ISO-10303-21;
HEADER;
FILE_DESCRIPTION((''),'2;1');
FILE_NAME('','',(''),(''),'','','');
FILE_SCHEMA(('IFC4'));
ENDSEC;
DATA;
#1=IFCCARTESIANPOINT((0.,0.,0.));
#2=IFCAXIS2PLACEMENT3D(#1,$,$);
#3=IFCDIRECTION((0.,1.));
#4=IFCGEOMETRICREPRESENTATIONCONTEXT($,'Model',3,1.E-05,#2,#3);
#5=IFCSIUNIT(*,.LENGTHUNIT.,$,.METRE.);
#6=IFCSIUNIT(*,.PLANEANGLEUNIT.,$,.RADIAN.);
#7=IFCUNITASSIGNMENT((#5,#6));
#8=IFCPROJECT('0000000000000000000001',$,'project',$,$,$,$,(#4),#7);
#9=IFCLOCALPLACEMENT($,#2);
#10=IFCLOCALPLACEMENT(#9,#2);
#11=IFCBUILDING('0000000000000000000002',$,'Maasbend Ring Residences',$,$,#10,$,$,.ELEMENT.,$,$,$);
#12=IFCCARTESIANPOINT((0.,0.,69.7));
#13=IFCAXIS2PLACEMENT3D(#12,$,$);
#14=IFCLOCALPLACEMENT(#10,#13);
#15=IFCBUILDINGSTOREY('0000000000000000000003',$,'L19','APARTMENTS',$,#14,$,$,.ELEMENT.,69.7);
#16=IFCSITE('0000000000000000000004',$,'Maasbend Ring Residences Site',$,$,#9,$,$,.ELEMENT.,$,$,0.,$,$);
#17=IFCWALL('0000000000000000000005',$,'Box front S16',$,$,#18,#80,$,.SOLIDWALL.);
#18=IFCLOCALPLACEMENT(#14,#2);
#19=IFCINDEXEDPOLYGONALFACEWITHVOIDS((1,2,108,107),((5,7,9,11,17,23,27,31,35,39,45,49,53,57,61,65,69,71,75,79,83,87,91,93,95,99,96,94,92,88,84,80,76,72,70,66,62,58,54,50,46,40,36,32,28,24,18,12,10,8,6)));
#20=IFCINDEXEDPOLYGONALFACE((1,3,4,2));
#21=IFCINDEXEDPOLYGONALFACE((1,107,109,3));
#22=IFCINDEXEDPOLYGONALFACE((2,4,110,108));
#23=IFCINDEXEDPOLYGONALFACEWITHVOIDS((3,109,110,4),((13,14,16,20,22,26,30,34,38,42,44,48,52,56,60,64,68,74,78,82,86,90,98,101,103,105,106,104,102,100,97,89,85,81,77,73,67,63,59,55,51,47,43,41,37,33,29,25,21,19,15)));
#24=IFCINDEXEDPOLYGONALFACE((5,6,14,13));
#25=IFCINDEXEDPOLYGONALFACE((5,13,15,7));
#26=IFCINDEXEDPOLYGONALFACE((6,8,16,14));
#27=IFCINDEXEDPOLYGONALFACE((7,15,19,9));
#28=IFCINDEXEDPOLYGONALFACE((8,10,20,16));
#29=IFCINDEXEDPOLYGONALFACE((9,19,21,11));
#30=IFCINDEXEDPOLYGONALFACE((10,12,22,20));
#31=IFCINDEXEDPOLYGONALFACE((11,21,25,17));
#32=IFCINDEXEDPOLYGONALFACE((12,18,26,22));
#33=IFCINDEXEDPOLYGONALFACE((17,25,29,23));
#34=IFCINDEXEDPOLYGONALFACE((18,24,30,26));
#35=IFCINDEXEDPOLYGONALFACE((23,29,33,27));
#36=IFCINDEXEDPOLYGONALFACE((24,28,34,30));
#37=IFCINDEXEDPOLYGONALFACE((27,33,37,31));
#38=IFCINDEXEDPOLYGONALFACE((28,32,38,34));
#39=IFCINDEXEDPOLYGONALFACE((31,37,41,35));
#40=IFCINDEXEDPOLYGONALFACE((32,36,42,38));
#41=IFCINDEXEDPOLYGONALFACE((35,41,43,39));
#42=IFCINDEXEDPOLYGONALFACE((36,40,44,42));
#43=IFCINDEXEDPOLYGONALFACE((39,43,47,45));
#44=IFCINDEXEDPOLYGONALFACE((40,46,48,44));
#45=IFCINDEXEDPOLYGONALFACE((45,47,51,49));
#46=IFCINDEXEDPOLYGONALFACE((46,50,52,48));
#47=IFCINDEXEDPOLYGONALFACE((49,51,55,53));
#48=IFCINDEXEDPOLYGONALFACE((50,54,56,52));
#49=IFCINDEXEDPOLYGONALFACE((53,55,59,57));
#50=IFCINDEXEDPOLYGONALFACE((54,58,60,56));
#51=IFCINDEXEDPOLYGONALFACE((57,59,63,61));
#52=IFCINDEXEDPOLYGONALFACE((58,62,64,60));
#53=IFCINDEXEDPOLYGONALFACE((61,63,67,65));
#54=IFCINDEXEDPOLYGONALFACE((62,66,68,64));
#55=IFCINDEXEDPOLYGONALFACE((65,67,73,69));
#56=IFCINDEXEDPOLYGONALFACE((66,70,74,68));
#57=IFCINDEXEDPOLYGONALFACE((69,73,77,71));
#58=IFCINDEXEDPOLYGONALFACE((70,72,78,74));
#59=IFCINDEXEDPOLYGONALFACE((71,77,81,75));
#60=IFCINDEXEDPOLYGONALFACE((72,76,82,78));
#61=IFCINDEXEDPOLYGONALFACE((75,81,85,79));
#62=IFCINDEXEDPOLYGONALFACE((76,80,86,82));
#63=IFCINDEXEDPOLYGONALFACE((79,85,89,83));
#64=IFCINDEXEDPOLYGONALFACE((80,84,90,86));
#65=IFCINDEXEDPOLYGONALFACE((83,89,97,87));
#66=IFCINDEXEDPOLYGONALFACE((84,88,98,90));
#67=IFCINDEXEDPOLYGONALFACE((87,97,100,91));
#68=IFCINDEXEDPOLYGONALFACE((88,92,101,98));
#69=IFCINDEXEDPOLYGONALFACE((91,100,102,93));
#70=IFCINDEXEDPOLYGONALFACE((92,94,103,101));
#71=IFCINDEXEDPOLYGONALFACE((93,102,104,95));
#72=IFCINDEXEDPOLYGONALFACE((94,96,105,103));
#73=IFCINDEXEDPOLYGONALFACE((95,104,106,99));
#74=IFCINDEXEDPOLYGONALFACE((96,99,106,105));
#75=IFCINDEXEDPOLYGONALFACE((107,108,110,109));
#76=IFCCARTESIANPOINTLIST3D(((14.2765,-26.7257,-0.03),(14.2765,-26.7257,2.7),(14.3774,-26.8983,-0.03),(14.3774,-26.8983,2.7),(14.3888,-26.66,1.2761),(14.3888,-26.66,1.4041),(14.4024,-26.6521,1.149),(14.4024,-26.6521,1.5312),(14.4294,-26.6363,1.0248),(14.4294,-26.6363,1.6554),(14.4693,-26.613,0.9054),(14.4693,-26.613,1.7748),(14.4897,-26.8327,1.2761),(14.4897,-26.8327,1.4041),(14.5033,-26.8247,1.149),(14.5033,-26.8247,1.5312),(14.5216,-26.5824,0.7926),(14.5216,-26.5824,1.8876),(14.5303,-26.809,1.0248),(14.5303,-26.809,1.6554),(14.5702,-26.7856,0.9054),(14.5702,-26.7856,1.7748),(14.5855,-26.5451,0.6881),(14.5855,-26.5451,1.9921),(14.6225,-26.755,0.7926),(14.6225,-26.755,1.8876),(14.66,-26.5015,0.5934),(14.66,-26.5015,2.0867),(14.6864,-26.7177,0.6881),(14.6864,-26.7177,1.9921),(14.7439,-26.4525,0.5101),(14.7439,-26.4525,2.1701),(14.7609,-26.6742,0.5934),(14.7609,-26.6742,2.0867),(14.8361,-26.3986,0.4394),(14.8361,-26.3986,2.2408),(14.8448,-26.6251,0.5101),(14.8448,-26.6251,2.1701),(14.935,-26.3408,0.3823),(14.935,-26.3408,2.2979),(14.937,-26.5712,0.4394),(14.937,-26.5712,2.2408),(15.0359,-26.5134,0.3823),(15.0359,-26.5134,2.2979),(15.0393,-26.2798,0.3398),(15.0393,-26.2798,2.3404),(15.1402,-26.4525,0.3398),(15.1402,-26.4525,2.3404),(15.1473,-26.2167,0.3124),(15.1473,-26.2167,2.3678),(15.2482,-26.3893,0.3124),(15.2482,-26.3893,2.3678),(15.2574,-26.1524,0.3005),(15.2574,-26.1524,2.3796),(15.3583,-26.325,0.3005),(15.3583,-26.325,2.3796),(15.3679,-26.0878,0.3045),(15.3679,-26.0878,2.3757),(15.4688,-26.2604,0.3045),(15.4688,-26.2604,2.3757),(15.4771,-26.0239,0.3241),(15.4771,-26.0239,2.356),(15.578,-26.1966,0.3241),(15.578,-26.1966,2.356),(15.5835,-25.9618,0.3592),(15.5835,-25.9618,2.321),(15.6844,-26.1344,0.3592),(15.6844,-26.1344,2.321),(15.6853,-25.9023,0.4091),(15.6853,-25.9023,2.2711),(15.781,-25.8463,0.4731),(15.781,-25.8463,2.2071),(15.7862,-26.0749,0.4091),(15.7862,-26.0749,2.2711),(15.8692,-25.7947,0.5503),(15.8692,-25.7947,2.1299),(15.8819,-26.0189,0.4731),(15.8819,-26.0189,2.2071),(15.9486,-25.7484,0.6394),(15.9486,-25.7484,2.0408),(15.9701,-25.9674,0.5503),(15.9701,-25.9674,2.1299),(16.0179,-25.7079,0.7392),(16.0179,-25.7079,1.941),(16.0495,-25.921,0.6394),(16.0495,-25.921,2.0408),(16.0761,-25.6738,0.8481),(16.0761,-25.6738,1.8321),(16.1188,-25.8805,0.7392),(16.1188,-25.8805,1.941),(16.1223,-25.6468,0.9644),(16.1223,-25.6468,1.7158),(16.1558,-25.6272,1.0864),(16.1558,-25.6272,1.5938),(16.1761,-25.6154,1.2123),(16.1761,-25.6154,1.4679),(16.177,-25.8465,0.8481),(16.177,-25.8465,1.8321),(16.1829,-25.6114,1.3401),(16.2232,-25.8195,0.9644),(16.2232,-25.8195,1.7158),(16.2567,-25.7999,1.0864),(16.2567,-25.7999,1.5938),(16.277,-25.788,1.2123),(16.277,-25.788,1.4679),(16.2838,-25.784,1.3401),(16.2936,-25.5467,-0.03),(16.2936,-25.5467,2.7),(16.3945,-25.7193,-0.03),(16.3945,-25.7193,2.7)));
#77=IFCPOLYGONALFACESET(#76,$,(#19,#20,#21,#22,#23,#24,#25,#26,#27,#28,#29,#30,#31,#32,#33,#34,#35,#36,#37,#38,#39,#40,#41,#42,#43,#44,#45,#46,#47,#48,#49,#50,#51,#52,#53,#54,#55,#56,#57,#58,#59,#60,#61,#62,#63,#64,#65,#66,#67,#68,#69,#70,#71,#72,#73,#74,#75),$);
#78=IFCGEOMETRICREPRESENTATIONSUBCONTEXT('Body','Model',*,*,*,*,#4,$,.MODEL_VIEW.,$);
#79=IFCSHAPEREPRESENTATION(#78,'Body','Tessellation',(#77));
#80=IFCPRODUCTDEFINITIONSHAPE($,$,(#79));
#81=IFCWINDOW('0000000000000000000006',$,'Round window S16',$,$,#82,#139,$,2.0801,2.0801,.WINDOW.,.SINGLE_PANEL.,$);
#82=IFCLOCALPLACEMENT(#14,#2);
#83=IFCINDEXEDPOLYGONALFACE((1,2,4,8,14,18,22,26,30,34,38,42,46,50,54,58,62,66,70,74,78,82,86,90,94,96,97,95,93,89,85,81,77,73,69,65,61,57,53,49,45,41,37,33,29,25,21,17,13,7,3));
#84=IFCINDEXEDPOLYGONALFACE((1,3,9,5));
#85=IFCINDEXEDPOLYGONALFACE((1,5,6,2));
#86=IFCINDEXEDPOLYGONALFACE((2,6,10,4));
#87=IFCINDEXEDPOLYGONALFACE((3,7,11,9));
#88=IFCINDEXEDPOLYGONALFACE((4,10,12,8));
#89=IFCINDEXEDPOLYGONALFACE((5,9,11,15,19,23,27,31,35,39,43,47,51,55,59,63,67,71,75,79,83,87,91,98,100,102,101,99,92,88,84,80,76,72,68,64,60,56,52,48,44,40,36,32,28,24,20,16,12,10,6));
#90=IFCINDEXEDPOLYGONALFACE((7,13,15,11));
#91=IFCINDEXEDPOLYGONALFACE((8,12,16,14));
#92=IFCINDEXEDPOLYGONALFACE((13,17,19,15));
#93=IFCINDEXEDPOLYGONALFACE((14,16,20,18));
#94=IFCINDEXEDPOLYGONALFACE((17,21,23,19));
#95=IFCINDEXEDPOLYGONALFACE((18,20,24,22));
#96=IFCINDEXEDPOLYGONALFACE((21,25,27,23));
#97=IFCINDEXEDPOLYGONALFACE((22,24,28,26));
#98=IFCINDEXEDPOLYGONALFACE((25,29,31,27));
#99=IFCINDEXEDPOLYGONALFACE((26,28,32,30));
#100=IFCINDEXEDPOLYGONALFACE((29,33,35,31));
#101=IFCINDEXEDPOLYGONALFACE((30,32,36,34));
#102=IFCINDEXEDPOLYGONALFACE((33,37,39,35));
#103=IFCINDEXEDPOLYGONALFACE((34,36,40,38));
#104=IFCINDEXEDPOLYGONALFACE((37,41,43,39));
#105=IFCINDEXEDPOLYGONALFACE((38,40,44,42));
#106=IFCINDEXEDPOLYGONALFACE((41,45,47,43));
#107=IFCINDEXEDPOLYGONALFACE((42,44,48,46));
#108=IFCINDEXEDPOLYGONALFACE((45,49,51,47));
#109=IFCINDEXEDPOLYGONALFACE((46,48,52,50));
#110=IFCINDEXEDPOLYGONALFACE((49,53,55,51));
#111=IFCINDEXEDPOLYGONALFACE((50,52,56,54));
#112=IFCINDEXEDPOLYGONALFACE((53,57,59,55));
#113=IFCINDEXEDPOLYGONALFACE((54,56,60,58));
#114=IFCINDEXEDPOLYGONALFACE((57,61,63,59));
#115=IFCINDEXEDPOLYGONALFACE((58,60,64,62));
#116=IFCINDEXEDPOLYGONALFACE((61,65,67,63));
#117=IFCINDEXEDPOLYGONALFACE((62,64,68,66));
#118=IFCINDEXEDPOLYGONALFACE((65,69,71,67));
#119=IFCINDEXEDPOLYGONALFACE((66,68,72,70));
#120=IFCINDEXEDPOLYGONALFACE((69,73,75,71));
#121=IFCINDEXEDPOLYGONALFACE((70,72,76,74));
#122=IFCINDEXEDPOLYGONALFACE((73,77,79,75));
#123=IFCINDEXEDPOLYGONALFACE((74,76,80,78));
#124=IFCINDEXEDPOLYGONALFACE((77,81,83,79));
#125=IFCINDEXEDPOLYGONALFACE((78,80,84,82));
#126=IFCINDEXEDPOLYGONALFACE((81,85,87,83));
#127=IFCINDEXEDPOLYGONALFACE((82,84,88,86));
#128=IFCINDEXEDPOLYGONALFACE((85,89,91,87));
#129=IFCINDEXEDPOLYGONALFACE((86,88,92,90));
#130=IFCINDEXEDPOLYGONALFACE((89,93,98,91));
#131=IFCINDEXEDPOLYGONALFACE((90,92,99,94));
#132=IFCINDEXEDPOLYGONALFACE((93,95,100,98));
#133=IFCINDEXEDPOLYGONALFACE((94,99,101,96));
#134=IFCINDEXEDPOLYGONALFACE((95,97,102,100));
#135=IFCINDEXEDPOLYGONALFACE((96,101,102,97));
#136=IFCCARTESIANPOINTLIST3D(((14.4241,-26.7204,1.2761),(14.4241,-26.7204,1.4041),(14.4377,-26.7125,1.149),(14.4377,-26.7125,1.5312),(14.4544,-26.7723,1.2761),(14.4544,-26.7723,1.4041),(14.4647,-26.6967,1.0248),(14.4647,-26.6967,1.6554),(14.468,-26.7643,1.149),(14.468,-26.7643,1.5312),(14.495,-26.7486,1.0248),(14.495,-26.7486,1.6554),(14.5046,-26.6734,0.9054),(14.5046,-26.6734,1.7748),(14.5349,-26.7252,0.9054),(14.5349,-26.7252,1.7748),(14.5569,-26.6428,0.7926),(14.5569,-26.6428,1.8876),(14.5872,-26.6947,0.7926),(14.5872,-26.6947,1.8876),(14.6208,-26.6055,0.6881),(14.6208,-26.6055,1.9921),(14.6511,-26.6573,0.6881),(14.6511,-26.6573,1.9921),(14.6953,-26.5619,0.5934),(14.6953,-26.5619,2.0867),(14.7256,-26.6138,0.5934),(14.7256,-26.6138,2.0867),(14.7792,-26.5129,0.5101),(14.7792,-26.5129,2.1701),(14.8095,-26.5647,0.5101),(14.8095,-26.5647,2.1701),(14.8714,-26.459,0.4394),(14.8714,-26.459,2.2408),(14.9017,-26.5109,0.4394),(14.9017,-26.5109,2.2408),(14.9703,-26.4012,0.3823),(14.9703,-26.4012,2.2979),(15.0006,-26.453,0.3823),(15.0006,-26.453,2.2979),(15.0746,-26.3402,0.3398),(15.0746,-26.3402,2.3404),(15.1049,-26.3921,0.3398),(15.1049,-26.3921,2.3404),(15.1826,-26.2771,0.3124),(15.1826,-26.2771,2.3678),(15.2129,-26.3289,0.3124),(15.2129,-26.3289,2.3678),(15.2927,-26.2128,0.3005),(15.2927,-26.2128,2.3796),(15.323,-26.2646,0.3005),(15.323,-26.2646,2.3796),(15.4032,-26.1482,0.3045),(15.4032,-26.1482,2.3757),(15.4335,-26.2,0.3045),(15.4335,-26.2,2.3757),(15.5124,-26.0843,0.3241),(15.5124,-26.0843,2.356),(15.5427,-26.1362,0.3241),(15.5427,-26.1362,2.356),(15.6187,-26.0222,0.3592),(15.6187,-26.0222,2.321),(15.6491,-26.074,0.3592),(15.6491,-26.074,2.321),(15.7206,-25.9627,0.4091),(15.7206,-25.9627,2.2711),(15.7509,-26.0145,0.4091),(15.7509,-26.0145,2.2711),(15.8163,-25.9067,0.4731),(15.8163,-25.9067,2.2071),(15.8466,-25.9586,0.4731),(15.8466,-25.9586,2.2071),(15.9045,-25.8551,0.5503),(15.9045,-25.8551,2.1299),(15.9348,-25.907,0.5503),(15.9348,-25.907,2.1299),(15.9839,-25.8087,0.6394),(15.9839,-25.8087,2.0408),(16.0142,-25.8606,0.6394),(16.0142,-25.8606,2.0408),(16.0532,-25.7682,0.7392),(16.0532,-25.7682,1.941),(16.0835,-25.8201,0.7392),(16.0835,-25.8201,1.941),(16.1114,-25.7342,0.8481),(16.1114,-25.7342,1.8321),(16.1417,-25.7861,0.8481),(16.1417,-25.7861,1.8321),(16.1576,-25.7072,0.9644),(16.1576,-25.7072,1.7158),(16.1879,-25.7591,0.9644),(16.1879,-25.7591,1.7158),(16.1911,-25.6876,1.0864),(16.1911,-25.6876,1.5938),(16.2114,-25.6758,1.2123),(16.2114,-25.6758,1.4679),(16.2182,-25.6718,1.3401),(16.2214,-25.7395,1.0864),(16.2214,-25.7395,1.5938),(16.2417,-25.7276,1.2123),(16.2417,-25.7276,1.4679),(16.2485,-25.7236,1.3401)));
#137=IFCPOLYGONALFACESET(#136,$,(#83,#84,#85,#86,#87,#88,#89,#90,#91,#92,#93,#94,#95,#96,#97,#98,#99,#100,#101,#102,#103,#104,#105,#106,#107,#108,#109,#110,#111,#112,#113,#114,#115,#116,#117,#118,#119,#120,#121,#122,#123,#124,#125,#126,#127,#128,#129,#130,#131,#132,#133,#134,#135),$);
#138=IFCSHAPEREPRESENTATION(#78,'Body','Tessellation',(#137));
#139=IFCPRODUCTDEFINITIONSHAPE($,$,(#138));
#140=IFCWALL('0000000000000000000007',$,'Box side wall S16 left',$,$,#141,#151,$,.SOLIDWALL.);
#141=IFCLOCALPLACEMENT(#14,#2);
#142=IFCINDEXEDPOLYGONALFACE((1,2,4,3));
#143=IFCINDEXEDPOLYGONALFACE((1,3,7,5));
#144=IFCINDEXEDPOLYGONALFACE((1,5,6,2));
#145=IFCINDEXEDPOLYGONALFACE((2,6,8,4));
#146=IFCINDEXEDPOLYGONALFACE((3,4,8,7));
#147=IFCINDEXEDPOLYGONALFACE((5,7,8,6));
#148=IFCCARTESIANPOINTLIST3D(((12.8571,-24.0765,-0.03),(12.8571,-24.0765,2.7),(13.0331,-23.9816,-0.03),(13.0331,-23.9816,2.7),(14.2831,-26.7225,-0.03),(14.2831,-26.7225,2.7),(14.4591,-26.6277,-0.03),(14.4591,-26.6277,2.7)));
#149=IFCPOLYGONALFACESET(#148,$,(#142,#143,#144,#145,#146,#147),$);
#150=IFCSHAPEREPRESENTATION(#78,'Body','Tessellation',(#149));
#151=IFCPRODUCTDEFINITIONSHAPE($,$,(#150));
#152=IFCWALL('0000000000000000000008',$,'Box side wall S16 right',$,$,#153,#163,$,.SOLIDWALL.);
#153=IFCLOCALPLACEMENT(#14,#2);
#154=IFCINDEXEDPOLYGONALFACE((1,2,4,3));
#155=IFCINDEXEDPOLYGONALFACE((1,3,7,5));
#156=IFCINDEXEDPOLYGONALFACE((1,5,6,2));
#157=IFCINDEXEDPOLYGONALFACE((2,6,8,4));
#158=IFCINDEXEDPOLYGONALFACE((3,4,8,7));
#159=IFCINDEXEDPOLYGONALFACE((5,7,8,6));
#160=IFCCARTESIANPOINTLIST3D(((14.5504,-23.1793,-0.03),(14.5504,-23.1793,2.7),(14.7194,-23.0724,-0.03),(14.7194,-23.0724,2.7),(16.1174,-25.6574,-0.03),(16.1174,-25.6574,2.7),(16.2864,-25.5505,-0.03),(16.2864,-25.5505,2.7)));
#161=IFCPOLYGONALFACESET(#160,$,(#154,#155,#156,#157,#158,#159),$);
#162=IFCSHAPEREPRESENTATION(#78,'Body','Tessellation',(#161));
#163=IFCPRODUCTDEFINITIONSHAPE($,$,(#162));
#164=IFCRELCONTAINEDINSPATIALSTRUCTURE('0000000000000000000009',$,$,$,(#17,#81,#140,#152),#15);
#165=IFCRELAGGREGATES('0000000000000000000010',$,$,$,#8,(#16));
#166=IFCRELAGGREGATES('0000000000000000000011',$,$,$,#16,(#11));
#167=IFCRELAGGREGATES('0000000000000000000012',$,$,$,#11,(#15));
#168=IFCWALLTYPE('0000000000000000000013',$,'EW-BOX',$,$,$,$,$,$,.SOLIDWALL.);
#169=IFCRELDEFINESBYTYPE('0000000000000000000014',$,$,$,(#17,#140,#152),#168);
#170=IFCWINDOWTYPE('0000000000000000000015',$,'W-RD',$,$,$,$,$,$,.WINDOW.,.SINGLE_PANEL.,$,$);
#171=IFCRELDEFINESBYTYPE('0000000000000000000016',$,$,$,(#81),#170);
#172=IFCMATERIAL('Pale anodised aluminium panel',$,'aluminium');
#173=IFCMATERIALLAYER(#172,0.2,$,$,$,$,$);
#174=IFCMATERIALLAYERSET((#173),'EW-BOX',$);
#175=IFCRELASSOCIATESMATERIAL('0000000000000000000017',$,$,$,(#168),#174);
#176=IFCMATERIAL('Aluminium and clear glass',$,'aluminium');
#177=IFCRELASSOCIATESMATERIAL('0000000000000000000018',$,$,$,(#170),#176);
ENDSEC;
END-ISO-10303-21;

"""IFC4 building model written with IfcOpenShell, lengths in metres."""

from ifc_helpers import new_model, si_unit, direction, frame, frame_2d, origin, place, context, subcontext, project, spatial, rectangle, circle, extrude, material, layer, layer_set, type_object, element, fill, save


model = new_model("IFC4")

# Units and contexts
model_context = context("Model", 3, precision=1e-05, world=origin(), true_north=direction((0.0, 1.0)))
body_context = subcontext(model_context, "Body", "Model", "MODEL_VIEW")
ifc_project = project(units=[si_unit("LENGTHUNIT", "METRE"), si_unit("PLANEANGLEUNIT", "RADIAN")], contexts=[model_context])

# Site, building, storey
site_placement = place(None, origin())
site = spatial("IfcSite", under=ifc_project, at=site_placement, Name="Maasbend Ring Residences Site", CompositionType="ELEMENT", RefElevation=0.0)
building_placement = place(site_placement, origin())
building = spatial("IfcBuilding", under=site, at=building_placement, Name="Maasbend Ring Residences", CompositionType="ELEMENT")
storey_placement = place(building_placement, frame((0.0, 0.0, 69.7)))
storey = spatial("IfcBuildingStorey", under=building, at=storey_placement, Name="L19", Description="APARTMENTS", CompositionType="ELEMENT", Elevation=69.7)

# Wall, opening, window
ifc_material_1 = material(Name="Pale anodised aluminium panel", Category="aluminium")
ifc_layer_1 = layer(ifc_material_1, 0.2)
ifc_layer_set_1 = layer_set([ifc_layer_1], Name="EW-BOX")
wall_type_1 = type_object("IfcWallType", Name="EW-BOX", PredefinedType="SOLIDWALL", material=ifc_layer_set_1)
wall_1_placement = place(storey_placement, frame((14.3269, -26.812, -0.03), z_axis=(0.0, 0.0, 1.0), x_axis=(0.863347, 0.504612, 0.0)))
wall_1 = element("IfcWall", 1, at=wall_1_placement, inside=storey, type_object=wall_type_1, Name="Box front S16", PredefinedType="SOLIDWALL", context=body_context, shape_type="SweptSolid", body=[
    extrude(rectangle(XDim=2.3364, YDim=0.2, at=frame_2d((1.1682, 0.0))), origin(), (0.0, 0.0, 1.0), 2.73),
])
opening_1_placement = place(wall_1_placement, frame((0.1282, 0.0, 0.3301)))
opening_1 = element("IfcOpeningElement", 2, at=opening_1_placement, cuts=wall_1, PredefinedType="OPENING", context=body_context, shape_type="SweptSolid", body=[
    extrude(circle(Radius=1.04, at=frame_2d((1.04, 1.04))), frame((0.0, 0.1099, 0.0), z_axis=(0.0, -1.0, 0.0), x_axis=(1.0, 0.0, 0.0)), (0.0, 0.0, 1.0), 0.22),
])
ifc_material_2 = material(Name="Aluminium and clear glass", Category="aluminium")
window_type_1 = type_object("IfcWindowType", Name="W-RD", PartitioningType="SINGLE_PANEL", PredefinedType="WINDOW", material=ifc_material_2)
window_1_placement = place(opening_1_placement, origin())
window_1 = element("IfcWindow", 3, at=window_1_placement, inside=storey, type_object=window_type_1, Name="Round window S16", OverallHeight=2.0801, OverallWidth=2.0801, PartitioningType="SINGLE_PANEL", PredefinedType="WINDOW", context=body_context, shape_type="SweptSolid", body=[
    extrude(circle(Radius=1.04, at=frame_2d((1.04, 1.04))), frame((0.0, 0.03, 0.0), z_axis=(0.0, -1.0, 0.0), x_axis=(1.0, 0.0, 0.0)), (0.0, 0.0, 1.0), 0.0601),
])
fill(opening_1, window_1)

# Walls
wall_2_placement = place(storey_placement, frame((12.9451, -24.0291, -0.03), z_axis=(0.0, 0.0, 1.0), x_axis=(0.474424, -0.880296, 0.0)))
element("IfcWall", 4, at=wall_2_placement, inside=storey, type_object=wall_type_1, Name="Box side wall S16 left", PredefinedType="SOLIDWALL", context=body_context, shape_type="SweptSolid", body=[
    extrude(rectangle(XDim=3.0059, YDim=0.2, at=frame_2d((1.5029, 0.0))), origin(), (0.0, 0.0, 1.0), 2.73),
])
wall_3_placement = place(storey_placement, frame((14.635, -23.126, -0.03), z_axis=(0.0, 0.0, 1.0), x_axis=(0.534438, -0.845208, 0.0)))
element("IfcWall", 5, at=wall_3_placement, inside=storey, type_object=wall_type_1, Name="Box side wall S16 right", PredefinedType="SOLIDWALL", context=body_context, shape_type="SweptSolid", body=[
    extrude(rectangle(XDim=2.9319, YDim=0.2, at=frame_2d((1.4658, 0.0))), origin(), (0.0, 0.0, 1.0), 2.73),
])

save(model, "model.ifc")
